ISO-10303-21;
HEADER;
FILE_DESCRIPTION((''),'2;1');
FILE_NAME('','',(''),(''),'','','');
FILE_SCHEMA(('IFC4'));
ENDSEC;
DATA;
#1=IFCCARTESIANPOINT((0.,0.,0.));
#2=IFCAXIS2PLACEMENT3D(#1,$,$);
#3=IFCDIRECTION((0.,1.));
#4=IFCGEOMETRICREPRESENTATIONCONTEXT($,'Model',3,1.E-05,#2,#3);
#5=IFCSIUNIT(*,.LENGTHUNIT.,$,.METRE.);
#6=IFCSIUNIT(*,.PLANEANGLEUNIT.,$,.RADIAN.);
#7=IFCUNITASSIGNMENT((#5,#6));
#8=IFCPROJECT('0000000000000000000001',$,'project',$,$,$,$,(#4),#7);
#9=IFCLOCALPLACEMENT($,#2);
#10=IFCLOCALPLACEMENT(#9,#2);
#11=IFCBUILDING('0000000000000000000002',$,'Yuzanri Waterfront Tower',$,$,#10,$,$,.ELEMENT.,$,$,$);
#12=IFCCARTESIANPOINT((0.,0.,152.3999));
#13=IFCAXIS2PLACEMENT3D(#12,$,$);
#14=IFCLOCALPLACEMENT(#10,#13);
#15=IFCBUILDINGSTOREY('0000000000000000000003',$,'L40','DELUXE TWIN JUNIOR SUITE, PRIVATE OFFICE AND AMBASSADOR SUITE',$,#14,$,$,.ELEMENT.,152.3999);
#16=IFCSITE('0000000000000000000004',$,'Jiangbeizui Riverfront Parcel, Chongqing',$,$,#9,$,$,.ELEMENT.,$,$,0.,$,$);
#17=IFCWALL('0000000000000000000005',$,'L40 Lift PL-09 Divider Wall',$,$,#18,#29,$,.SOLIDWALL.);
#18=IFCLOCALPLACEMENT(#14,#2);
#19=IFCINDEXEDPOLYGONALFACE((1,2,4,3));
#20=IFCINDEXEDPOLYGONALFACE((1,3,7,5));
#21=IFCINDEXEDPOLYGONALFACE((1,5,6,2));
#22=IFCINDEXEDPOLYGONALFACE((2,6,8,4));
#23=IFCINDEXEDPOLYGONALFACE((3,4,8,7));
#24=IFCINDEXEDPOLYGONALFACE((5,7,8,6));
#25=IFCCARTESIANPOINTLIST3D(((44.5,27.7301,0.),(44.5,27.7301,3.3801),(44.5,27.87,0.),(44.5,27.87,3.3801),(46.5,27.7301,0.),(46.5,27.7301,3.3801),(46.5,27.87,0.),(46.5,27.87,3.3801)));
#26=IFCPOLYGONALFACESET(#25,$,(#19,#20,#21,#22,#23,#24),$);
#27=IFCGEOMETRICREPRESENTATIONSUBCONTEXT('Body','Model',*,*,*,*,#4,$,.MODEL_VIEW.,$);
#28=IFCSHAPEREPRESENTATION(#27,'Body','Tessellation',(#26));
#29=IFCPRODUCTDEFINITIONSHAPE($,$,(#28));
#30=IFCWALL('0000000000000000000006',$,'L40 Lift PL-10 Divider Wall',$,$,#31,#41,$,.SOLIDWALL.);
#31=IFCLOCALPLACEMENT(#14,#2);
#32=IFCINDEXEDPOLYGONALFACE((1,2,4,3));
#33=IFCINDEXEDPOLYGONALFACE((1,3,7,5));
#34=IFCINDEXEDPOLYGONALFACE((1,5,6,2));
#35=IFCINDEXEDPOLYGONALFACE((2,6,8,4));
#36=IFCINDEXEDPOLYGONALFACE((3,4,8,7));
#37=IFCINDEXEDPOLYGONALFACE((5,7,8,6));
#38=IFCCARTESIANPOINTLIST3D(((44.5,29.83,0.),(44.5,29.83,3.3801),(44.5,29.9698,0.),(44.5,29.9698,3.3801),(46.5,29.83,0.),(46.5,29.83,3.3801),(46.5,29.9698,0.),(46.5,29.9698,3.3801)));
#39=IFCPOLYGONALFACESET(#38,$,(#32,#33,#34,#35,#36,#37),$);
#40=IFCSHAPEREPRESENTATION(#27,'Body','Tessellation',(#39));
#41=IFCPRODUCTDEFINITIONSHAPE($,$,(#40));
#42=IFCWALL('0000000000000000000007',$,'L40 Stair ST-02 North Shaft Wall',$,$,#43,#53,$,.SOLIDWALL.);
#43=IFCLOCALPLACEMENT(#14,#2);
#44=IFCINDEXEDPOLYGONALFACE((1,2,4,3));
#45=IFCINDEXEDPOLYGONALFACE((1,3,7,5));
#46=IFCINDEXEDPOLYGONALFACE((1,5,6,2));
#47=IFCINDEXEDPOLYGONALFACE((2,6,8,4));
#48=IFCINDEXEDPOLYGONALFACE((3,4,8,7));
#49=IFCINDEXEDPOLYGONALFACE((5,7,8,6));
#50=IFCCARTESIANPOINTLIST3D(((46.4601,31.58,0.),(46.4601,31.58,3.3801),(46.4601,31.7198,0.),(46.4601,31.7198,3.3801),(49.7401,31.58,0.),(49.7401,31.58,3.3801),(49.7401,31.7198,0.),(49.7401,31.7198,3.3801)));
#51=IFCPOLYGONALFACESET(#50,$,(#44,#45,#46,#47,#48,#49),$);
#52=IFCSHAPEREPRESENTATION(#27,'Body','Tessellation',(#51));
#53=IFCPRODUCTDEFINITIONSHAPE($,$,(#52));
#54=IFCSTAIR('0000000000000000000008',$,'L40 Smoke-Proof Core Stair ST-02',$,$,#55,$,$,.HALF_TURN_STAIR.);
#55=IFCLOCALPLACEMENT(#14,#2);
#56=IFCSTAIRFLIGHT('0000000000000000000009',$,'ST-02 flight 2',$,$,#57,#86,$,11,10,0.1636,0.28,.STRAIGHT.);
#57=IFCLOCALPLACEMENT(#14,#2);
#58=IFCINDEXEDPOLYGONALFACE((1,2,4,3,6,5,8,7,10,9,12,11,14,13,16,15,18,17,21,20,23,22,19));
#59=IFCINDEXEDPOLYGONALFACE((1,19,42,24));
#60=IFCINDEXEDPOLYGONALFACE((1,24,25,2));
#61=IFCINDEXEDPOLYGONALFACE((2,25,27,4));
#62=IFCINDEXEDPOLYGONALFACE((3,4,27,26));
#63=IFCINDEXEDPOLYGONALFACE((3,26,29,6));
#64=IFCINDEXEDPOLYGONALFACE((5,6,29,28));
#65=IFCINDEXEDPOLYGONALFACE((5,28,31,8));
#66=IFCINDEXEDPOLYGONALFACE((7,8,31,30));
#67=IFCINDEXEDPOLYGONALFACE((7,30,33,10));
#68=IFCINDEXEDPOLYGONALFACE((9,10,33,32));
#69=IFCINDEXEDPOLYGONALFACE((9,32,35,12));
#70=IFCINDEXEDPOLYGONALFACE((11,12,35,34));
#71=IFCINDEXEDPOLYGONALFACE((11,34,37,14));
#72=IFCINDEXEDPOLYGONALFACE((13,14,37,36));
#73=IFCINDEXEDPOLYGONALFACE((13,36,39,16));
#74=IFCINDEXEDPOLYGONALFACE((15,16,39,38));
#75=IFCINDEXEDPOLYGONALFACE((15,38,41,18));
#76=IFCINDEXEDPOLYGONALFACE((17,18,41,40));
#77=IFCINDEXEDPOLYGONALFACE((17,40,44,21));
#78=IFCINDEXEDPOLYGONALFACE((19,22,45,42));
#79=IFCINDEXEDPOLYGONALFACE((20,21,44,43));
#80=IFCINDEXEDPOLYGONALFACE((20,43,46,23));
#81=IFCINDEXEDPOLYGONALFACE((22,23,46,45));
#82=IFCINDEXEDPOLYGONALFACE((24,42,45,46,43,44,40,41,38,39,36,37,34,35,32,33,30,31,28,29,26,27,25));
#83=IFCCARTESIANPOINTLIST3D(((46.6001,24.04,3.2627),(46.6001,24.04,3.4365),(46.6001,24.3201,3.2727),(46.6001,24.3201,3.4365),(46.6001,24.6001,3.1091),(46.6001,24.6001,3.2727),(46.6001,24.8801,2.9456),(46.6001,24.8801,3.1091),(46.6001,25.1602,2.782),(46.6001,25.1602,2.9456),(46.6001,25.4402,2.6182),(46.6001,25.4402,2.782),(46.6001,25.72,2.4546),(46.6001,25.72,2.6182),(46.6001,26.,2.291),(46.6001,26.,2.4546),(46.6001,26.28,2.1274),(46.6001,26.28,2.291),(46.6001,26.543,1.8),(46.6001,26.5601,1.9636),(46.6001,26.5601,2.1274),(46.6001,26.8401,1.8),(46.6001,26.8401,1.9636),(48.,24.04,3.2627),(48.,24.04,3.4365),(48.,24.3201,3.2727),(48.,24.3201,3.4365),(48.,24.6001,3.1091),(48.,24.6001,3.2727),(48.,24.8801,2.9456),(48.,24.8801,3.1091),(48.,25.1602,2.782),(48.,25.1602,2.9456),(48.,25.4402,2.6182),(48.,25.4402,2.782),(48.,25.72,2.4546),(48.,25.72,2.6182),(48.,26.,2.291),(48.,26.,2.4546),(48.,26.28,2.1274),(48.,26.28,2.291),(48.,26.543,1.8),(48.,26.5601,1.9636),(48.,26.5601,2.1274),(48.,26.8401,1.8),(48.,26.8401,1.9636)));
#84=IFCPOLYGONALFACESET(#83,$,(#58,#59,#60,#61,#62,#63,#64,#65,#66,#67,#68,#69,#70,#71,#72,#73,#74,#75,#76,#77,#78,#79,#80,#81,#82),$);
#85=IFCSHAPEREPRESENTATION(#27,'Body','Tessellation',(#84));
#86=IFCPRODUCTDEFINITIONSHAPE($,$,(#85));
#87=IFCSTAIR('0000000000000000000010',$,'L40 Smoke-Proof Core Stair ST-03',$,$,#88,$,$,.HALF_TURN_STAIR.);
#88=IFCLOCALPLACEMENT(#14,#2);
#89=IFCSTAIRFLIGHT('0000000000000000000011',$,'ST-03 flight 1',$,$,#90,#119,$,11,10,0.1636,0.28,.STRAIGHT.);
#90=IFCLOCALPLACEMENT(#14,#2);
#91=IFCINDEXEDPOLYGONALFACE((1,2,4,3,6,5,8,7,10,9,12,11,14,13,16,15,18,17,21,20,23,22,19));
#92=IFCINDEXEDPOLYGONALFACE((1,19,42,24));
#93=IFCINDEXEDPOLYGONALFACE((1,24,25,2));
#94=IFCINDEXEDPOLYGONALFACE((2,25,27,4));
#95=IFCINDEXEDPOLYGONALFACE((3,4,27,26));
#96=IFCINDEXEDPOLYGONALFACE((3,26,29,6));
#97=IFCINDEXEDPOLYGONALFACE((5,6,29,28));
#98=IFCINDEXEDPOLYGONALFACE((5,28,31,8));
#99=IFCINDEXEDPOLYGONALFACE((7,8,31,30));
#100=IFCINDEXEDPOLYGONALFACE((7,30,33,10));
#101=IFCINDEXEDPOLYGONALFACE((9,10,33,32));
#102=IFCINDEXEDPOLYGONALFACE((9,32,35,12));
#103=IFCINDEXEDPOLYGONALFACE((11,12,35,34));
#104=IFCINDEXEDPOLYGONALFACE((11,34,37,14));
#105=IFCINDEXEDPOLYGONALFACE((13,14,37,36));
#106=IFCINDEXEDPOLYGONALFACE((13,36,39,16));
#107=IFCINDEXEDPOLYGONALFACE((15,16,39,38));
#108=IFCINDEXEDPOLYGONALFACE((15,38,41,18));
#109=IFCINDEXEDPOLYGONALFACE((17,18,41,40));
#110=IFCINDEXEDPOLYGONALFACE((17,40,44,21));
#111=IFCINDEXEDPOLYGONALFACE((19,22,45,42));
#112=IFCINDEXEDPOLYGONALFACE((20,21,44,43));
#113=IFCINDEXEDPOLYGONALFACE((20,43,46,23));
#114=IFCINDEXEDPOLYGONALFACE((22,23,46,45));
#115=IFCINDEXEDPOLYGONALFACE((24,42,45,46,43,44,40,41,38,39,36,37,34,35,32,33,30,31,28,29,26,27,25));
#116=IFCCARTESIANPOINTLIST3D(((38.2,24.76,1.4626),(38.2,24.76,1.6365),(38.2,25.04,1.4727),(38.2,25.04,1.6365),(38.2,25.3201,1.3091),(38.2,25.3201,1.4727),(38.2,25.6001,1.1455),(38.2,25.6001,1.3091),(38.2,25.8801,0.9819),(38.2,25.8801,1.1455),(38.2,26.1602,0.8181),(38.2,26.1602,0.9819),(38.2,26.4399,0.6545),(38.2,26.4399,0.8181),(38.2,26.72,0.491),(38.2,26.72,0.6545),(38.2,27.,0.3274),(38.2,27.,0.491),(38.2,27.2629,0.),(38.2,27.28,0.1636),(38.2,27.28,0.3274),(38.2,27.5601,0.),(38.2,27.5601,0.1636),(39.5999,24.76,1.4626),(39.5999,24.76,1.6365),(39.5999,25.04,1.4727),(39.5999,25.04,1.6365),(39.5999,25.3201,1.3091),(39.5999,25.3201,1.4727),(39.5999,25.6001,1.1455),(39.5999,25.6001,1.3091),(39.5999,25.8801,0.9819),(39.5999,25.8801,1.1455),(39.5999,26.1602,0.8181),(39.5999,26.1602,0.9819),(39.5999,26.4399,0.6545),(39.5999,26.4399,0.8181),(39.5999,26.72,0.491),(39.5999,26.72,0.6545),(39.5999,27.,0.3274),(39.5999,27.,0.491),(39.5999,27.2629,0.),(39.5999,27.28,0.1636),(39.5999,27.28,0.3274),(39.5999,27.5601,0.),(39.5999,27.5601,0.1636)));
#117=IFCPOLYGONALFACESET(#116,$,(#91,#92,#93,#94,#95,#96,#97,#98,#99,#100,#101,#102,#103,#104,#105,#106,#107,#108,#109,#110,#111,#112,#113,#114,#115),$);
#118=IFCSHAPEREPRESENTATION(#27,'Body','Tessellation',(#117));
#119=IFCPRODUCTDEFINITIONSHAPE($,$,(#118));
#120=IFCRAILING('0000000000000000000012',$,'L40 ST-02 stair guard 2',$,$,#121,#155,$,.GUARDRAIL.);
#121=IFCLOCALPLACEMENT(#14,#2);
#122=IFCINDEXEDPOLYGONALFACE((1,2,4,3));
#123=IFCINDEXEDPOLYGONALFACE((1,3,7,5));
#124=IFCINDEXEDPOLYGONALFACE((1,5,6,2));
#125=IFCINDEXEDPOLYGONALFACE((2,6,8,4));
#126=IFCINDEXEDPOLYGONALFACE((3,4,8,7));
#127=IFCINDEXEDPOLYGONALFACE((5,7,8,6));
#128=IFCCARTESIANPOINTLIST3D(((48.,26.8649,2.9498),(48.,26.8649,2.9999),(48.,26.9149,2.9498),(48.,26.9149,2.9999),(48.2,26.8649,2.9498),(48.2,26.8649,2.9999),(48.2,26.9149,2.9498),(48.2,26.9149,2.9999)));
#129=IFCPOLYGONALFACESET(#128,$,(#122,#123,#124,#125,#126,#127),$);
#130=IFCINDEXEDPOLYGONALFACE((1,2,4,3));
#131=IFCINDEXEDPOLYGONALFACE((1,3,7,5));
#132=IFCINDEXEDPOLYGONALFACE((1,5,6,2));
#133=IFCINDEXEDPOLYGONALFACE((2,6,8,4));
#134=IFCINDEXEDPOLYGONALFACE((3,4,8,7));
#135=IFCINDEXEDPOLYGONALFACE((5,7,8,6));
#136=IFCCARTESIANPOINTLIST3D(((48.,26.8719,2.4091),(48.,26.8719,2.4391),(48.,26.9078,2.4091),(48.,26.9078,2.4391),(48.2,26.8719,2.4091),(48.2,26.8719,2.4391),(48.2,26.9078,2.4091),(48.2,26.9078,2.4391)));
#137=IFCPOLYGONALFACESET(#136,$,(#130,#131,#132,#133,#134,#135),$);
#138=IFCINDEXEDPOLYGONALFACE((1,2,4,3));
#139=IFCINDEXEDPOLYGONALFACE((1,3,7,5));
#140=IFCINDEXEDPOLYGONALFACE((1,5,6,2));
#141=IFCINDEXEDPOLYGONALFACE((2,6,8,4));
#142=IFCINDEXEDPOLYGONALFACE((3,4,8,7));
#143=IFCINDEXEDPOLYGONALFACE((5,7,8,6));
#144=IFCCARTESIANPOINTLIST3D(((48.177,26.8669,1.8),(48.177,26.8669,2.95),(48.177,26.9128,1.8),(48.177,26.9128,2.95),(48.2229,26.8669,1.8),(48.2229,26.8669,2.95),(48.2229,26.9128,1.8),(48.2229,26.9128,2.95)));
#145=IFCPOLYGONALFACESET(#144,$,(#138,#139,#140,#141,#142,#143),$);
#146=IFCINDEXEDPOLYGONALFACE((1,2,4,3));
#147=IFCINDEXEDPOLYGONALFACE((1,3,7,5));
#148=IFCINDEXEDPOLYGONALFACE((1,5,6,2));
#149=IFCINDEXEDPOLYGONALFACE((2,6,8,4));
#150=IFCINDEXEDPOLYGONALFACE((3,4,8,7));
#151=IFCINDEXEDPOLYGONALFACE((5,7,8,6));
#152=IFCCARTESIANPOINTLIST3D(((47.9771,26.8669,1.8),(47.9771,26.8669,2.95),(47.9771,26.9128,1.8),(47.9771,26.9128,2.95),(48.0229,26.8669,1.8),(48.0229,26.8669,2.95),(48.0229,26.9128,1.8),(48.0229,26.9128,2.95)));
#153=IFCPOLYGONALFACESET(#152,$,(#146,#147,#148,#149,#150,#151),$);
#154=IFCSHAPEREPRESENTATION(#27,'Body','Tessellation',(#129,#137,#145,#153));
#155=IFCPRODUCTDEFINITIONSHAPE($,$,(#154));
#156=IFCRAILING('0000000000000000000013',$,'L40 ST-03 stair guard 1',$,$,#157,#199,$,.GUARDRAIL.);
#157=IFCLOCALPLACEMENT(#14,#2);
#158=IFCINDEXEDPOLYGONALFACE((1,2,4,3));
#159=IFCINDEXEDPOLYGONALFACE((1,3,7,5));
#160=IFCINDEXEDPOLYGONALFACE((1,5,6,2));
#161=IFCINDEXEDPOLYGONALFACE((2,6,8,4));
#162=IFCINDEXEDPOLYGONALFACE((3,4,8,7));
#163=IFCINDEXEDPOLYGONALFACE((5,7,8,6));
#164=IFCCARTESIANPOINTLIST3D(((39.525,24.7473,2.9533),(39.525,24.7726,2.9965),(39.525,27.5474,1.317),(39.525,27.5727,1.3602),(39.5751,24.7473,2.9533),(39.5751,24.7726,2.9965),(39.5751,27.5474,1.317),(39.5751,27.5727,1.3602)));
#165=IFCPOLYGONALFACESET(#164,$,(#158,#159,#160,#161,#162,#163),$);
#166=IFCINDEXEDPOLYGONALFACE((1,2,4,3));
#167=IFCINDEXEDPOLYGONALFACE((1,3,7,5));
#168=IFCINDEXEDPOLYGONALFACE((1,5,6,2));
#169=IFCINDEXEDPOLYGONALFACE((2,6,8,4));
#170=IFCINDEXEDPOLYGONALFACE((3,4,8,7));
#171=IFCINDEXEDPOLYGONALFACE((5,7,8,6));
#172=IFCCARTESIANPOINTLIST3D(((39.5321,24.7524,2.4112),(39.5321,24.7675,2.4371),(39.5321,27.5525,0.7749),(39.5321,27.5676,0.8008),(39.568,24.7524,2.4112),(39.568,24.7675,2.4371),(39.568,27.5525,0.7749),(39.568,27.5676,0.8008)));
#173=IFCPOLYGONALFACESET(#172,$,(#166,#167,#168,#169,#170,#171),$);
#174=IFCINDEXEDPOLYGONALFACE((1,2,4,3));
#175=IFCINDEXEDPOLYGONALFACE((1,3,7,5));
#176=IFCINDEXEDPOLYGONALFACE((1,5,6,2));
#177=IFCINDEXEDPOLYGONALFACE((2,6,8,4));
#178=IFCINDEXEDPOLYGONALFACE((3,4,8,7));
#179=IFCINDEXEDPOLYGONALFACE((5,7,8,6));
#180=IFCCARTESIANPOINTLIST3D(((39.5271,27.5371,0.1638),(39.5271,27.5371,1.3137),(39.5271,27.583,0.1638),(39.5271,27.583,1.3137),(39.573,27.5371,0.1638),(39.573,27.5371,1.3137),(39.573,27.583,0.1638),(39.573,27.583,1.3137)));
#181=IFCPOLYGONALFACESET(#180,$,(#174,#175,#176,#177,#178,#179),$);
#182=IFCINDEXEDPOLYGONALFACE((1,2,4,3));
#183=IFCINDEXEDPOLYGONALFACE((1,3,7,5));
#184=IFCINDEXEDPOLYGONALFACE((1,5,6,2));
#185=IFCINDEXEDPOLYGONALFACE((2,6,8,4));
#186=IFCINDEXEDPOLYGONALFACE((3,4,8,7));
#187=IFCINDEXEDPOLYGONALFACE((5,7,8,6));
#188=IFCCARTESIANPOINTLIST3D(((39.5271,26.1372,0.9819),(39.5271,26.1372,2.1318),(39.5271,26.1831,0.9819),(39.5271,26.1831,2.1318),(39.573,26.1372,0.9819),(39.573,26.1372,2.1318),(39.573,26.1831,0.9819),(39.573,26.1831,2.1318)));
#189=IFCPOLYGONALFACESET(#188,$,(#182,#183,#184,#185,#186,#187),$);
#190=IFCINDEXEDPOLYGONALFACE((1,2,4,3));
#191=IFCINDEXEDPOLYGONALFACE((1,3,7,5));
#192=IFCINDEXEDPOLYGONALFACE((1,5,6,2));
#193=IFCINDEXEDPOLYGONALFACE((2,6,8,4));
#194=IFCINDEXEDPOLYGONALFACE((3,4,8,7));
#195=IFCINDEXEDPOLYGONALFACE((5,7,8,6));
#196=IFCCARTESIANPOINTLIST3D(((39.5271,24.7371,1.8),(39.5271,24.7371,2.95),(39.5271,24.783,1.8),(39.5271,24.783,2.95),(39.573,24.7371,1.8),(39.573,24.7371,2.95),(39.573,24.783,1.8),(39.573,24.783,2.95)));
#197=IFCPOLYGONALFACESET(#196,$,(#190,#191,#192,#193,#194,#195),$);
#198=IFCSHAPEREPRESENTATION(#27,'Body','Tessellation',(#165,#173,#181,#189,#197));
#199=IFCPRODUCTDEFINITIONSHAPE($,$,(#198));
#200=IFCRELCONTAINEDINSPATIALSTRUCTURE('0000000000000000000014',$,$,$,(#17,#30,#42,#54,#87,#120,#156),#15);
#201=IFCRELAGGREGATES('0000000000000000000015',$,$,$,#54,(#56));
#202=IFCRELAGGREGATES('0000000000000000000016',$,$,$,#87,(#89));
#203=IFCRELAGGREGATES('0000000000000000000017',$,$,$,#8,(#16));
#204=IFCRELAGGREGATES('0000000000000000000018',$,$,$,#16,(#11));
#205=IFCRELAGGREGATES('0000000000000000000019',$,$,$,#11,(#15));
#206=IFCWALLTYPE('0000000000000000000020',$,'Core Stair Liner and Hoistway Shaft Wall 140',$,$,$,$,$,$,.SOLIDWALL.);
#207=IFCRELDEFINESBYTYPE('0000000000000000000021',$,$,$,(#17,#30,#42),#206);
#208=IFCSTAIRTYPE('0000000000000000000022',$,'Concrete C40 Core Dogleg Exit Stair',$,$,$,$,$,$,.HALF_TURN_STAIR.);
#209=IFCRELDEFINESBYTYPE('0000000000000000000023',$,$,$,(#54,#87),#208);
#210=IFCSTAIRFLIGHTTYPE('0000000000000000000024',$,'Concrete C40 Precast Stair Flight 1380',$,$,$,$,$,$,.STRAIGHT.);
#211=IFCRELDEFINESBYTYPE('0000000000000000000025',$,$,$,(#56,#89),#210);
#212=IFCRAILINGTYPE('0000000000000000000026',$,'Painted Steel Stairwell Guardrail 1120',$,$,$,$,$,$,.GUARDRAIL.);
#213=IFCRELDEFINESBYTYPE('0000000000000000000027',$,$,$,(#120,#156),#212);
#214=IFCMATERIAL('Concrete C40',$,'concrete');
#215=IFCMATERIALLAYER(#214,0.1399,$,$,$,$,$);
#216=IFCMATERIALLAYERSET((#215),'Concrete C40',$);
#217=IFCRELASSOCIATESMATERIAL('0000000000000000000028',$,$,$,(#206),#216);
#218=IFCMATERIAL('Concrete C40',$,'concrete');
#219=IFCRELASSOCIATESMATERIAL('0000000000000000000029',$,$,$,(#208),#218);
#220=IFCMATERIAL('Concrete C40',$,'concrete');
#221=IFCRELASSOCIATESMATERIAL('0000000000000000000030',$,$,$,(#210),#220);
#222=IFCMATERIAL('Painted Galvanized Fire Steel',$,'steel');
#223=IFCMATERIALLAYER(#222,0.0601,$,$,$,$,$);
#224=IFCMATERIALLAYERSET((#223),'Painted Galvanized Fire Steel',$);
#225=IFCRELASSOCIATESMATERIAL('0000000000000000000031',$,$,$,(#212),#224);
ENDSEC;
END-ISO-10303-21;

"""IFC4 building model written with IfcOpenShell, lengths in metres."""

from ifc_helpers import new_model, si_unit, direction, frame, frame_2d, origin, origin_2d, place, context, subcontext, project, spatial, polyline, rectangle, outline, extrude, source, transform, mapped, material, layer, layer_set, type_object, element, aggregate, save


model = new_model("IFC4")

# Units and contexts
model_context = context("Model", 3, precision=1e-05, world=origin(), true_north=direction((0.0, 1.0)))
body_context = subcontext(model_context, "Body", "Model", "MODEL_VIEW")
ifc_project = project(units=[si_unit("LENGTHUNIT", "METRE"), si_unit("PLANEANGLEUNIT", "RADIAN")], contexts=[model_context])

# Site, building, storey
site_placement = place(None, origin())
site = spatial("IfcSite", under=ifc_project, at=site_placement, Name="Jiangbeizui Riverfront Parcel, Chongqing", CompositionType="ELEMENT", RefElevation=0.0)
building_placement = place(site_placement, origin())
building = spatial("IfcBuilding", under=site, at=building_placement, Name="Yuzanri Waterfront Tower", CompositionType="ELEMENT")
storey_placement = place(building_placement, frame((0.0, 0.0, 152.3999)))
storey = spatial("IfcBuildingStorey", under=building, at=storey_placement, Name="L40", Description="DELUXE TWIN JUNIOR SUITE, PRIVATE OFFICE AND AMBASSADOR SUITE", CompositionType="ELEMENT", Elevation=152.3999)

# Shared definitions
ifc_material_1 = material(Name="Concrete C40", Category="concrete")
ifc_layer_1 = layer(ifc_material_1, 0.1399)
ifc_layer_set_1 = layer_set([ifc_layer_1], Name="Concrete C40")
wall_type = type_object("IfcWallType", Name="Core Stair Liner and Hoistway Shaft Wall 140", PredefinedType="SOLIDWALL", material=ifc_layer_set_1)

# Walls
shared_shape_1 = source(origin(), body_context, "Body", "SweptSolid", [
    extrude(rectangle(XDim=2.0, YDim=0.1399, at=frame_2d((1.0, 0.0))), origin(), (0.0, 0.0, 1.0), 3.3801),
])
for number, where, z_axis, x_axis, name in (
    (1, (44.5, 27.8, 0.0), (0.0, 0.0, 1.0), (1.0, 0.0, 0.0), "L40 Lift PL-09 Divider Wall"),
    (2, (44.5, 29.8999, 0.0), (0.0, 0.0, 1.0), (1.0, 0.0, 0.0), "L40 Lift PL-10 Divider Wall"),
):
    element("IfcWall", number, at=place(storey_placement, frame(where, z_axis=z_axis, x_axis=x_axis)), inside=storey, type_object=wall_type, Name=name, PredefinedType="SOLIDWALL", context=body_context, shape_type="MappedRepresentation", body=[
        mapped(shared_shape_1, transform((0.0, 0.0, 0.0), scale=1.0)),
    ])
shared_shape_2 = source(origin(), body_context, "Body", "SweptSolid", [
    extrude(rectangle(XDim=3.28, YDim=0.1399, at=frame_2d((1.6401, 0.0))), origin(), (0.0, 0.0, 1.0), 3.3801),
])
wall_1_placement = place(storey_placement, frame((46.46, 31.6499, 0.0), z_axis=(0.0, 0.0, 1.0), x_axis=(1.0, 0.0, 0.0)))
element("IfcWall", 3, at=wall_1_placement, inside=storey, type_object=wall_type, Name="L40 Stair ST-02 North Shaft Wall", PredefinedType="SOLIDWALL", context=body_context, shape_type="MappedRepresentation", body=[
    mapped(shared_shape_2, transform((0.0, 0.0, 0.0), scale=1.0)),
])

# Stairs, stair flights
ifc_material_2 = material(Name="Concrete C40", Category="concrete")
stair_type = type_object("IfcStairType", Name="Concrete C40 Core Dogleg Exit Stair", PredefinedType="HALF_TURN_STAIR", material=ifc_material_2)
stair_1_placement = place(storey_placement, origin())
stair_1 = element("IfcStair", 4, at=stair_1_placement, inside=storey, type_object=stair_type, Name="L40 Smoke-Proof Core Stair ST-02", PredefinedType="HALF_TURN_STAIR")
ifc_material_3 = material(Name="Concrete C40", Category="concrete")
stair_flight_type = type_object("IfcStairFlightType", Name="Concrete C40 Precast Stair Flight 1380", PredefinedType="STRAIGHT", material=ifc_material_3)
shared_shape_3 = source(origin(), body_context, "Body", "SweptSolid", [
    extrude(outline(polyline([(0.0, 0.0), (0.0, 0.1636), (0.28, 0.1636), (0.28, 0.3274), (0.5601, 0.3274), (0.5601, 0.491), (0.8401, 0.491), (0.8401, 0.6545), (1.1201, 0.6545), (1.1201, 0.8181), (1.3999, 0.8181), (1.3999, 0.9819), (1.6799, 0.9819), (1.6799, 1.1455), (1.96, 1.1455), (1.96, 1.3091), (2.24, 1.3091), (2.24, 1.4727), (2.52, 1.4727), (2.52, 1.6365), (2.8, 1.6365), (2.8, 1.8), (2.8, 1.4626), (0.2971, 0.0), (0.0, 0.0)])), frame((0.0, 0.7, 0.0), z_axis=(0.0, -1.0, 0.0), x_axis=(1.0, 0.0, 0.0)), (0.0, 0.0, 1.0), 1.3999),
])
stair_flight_1_placement = place(storey_placement, frame((47.3, 26.8401, 1.8), z_axis=(0.0, 0.0, 1.0), x_axis=(0.0, -1.0, 0.0)))
stair_flight_1 = element("IfcStairFlight", 5, at=stair_flight_1_placement, type_object=stair_flight_type, Name="ST-02 flight 2", NumberOfRisers=11, NumberOfTreads=10, PredefinedType="STRAIGHT", RiserHeight=0.1636, TreadLength=0.28, context=body_context, shape_type="MappedRepresentation", body=[
    mapped(shared_shape_3, transform((0.0, 0.0, 0.0), scale=1.0)),
])
aggregate(stair_1, [stair_flight_1])
stair_2_placement = place(storey_placement, origin())
stair_2 = element("IfcStair", 6, at=stair_2_placement, inside=storey, type_object=stair_type, Name="L40 Smoke-Proof Core Stair ST-03", PredefinedType="HALF_TURN_STAIR")
stair_flight_2_placement = place(storey_placement, frame((38.8999, 27.5601, 0.0), z_axis=(0.0, 0.0, 1.0), x_axis=(0.0, -1.0, 0.0)))
stair_flight_2 = element("IfcStairFlight", 7, at=stair_flight_2_placement, type_object=stair_flight_type, Name="ST-03 flight 1", NumberOfRisers=11, NumberOfTreads=10, PredefinedType="STRAIGHT", RiserHeight=0.1636, TreadLength=0.28, context=body_context, shape_type="MappedRepresentation", body=[
    mapped(shared_shape_3, transform((0.0, 0.0, 0.0), scale=1.0)),
])
aggregate(stair_2, [stair_flight_2])

# Railings
ifc_material_4 = material(Name="Painted Galvanized Fire Steel", Category="steel")
ifc_layer_2 = layer(ifc_material_4, 0.0601)
ifc_layer_set_2 = layer_set([ifc_layer_2], Name="Painted Galvanized Fire Steel")
railing_type_1 = type_object("IfcRailingType", Name="Painted Steel Stairwell Guardrail 1120", PredefinedType="GUARDRAIL", material=ifc_layer_set_2)
shared_shape_4 = source(origin(), body_context, "Body", "SweptSolid", [
    extrude(rectangle(XDim=0.05, YDim=0.05, at=origin_2d()), frame((0.0, 0.0, 1.1748), z_axis=(-1.0, 0.0, 0.0), x_axis=(0.0, -1.0, 0.0)), (0.0, 0.0, 1.0), 0.2),
    extrude(rectangle(XDim=0.0359, YDim=0.03, at=origin_2d()), frame((0.0, 0.0, 0.624), z_axis=(-1.0, 0.0, 0.0), x_axis=(0.0, -1.0, 0.0)), (0.0, 0.0, 1.0), 0.2),
    extrude(rectangle(XDim=0.0459, YDim=0.0459, at=origin_2d()), origin(), (0.0, 0.0, 1.0), 1.1499),
    extrude(rectangle(XDim=0.0459, YDim=0.0459, at=origin_2d()), frame((-0.2, 0.0, 0.0)), (0.0, 0.0, 1.0), 1.1499),
])
railing_1_placement = place(storey_placement, frame((48.2, 26.8899, 1.8)))
element("IfcRailing", 8, at=railing_1_placement, inside=storey, type_object=railing_type_1, Name="L40 ST-02 stair guard 2", PredefinedType="GUARDRAIL", context=body_context, shape_type="MappedRepresentation", body=[
    mapped(shared_shape_4, transform((0.0, 0.0, 0.0), scale=1.0)),
])
shared_shape_5 = source(origin(), body_context, "Body", "SweptSolid", [
    extrude(rectangle(XDim=0.05, YDim=0.05, at=origin_2d()), frame((0.0, 0.0, 1.1748), z_axis=(0.0, -0.863394, 0.504531), x_axis=(1.0, 0.0, 0.0)), (0.0, 0.0, 1.0), 3.2432),
    extrude(rectangle(XDim=0.0359, YDim=0.03, at=origin_2d()), frame((0.0, 0.0, 0.624), z_axis=(0.0, -0.863394, 0.504531), x_axis=(1.0, 0.0, 0.0)), (0.0, 0.0, 1.0), 3.2432),
    extrude(rectangle(XDim=0.0459, YDim=0.0459, at=origin_2d()), origin(), (0.0, 0.0, 1.0), 1.1499),
    extrude(rectangle(XDim=0.0459, YDim=0.0459, at=origin_2d()), frame((0.0, -1.3999, 0.8181)), (0.0, 0.0, 1.0), 1.1499),
    extrude(rectangle(XDim=0.0459, YDim=0.0459, at=origin_2d()), frame((0.0, -2.8, 1.6362)), (0.0, 0.0, 1.0), 1.1499),
])
railing_2_placement = place(storey_placement, frame((39.55, 27.5601, 0.1638)))
element("IfcRailing", 9, at=railing_2_placement, inside=storey, type_object=railing_type_1, Name="L40 ST-03 stair guard 1", PredefinedType="GUARDRAIL", context=body_context, shape_type="MappedRepresentation", body=[
    mapped(shared_shape_5, transform((0.0, 0.0, 0.0), scale=1.0)),
])

save(model, "model.ifc")
